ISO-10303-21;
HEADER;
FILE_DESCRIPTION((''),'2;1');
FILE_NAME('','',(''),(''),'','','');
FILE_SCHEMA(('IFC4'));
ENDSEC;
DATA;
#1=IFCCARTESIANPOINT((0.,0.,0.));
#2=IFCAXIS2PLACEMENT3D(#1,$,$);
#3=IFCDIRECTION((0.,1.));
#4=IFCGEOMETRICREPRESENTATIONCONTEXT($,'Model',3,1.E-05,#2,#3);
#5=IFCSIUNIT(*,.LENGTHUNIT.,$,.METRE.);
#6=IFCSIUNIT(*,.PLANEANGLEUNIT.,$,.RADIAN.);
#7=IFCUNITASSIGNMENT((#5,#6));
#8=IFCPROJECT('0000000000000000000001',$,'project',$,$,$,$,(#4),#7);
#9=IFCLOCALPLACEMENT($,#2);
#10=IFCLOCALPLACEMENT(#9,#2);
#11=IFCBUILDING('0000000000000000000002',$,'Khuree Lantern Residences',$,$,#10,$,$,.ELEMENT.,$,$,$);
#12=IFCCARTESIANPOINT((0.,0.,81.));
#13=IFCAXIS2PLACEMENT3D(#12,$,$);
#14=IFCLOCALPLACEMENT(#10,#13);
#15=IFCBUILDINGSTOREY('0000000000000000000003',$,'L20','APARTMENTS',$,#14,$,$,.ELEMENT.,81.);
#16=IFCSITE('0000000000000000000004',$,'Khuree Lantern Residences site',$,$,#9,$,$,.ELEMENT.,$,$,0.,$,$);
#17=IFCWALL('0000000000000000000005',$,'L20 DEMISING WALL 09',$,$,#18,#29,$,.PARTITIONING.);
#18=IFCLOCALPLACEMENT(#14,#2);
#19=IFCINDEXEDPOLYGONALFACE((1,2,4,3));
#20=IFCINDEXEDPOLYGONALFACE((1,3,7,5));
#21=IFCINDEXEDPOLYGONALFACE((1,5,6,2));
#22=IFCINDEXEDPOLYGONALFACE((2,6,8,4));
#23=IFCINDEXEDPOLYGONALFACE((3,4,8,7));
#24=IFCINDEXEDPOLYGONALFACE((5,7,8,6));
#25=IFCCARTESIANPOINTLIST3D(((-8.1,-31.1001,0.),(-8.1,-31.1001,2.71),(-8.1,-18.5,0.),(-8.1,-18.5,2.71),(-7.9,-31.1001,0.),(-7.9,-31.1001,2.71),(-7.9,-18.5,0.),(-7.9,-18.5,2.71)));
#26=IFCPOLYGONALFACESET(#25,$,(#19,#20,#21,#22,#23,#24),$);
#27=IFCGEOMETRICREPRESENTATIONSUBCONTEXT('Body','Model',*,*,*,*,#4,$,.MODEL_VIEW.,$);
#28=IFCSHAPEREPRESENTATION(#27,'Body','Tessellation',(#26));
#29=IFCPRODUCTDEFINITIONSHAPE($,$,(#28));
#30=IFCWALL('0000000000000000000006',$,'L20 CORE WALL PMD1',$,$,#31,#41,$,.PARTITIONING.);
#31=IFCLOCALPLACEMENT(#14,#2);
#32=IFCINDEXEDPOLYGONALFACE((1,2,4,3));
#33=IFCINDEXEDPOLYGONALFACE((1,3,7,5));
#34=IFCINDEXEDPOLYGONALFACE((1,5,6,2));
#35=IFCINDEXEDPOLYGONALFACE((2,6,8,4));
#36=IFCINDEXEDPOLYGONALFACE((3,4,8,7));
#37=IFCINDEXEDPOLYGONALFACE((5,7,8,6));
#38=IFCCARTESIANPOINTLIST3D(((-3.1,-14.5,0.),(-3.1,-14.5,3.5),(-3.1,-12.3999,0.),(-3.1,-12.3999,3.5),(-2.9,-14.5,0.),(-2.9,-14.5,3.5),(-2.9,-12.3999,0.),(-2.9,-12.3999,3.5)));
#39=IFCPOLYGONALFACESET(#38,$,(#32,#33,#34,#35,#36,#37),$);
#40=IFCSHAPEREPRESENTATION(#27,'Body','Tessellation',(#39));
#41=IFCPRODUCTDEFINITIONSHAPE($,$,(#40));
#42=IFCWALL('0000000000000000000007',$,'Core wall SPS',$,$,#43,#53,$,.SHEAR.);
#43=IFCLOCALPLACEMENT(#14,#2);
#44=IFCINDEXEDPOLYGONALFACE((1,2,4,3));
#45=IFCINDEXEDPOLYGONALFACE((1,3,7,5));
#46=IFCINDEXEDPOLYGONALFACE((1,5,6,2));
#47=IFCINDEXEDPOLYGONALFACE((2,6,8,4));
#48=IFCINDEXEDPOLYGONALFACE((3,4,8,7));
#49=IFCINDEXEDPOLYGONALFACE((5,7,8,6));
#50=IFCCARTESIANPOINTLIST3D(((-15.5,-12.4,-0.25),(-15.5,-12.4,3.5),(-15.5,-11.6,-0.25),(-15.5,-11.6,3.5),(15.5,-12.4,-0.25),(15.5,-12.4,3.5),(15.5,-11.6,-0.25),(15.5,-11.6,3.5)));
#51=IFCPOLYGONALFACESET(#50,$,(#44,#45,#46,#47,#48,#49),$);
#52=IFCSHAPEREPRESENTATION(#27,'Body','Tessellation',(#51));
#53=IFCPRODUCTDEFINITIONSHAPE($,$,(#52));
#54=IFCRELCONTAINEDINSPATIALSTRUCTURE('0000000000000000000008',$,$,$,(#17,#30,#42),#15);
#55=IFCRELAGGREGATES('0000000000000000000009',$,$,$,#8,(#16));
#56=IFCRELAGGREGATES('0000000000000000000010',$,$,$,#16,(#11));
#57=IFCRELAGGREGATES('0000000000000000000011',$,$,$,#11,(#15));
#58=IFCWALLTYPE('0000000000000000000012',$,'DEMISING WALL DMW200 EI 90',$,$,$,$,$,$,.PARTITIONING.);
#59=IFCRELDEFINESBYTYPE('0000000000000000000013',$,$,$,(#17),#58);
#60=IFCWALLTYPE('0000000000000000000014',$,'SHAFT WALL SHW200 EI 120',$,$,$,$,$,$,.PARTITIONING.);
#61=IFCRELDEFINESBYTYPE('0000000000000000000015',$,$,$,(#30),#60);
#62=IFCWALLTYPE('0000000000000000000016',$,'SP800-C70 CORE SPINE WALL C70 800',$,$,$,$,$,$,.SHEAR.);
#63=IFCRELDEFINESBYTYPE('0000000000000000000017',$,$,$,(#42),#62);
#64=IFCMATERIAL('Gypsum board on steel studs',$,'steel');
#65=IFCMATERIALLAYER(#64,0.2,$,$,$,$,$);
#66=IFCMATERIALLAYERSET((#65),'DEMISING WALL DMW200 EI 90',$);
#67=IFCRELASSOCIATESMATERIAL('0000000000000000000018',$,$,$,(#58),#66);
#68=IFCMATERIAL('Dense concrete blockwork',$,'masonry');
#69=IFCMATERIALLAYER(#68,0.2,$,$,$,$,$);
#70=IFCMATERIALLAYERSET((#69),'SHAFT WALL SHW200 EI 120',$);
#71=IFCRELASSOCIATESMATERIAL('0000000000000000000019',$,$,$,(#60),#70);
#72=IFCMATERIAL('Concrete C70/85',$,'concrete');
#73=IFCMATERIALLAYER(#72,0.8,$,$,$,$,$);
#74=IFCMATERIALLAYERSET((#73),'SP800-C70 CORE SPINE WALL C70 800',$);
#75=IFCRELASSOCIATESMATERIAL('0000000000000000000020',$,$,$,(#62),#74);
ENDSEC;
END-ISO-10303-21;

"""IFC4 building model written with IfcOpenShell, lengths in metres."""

from ifc_helpers import new_model, si_unit, direction, frame, frame_2d, origin, place, context, subcontext, project, spatial, rectangle, extrude, material, layer, layer_set, type_object, element, save


model = new_model("IFC4")

# Units and contexts
model_context = context("Model", 3, precision=1e-05, world=origin(), true_north=direction((0.0, 1.0)))
body_context = subcontext(model_context, "Body", "Model", "MODEL_VIEW")
ifc_project = project(units=[si_unit("LENGTHUNIT", "METRE"), si_unit("PLANEANGLEUNIT", "RADIAN")], contexts=[model_context])

# Site, building, storey
site_placement = place(None, origin())
site = spatial("IfcSite", under=ifc_project, at=site_placement, Name="Khuree Lantern Residences site", CompositionType="ELEMENT", RefElevation=0.0)
building_placement = place(site_placement, origin())
building = spatial("IfcBuilding", under=site, at=building_placement, Name="Khuree Lantern Residences", CompositionType="ELEMENT")
storey_placement = place(building_placement, frame((0.0, 0.0, 81.0)))
storey = spatial("IfcBuildingStorey", under=building, at=storey_placement, Name="L20", Description="APARTMENTS", CompositionType="ELEMENT", Elevation=81.0)

# Shared definitions
ifc_material_1 = material(Name="Concrete C70/85", Category="concrete")

# Shared definitions
ifc_material_2 = material(Name="Dense concrete blockwork", Category="masonry")

# Walls
ifc_material_3 = material(Name="Gypsum board on steel studs", Category="steel")
ifc_layer_1 = layer(ifc_material_3, 0.2)
ifc_layer_set_1 = layer_set([ifc_layer_1], Name="DEMISING WALL DMW200 EI 90")
wall_type_1 = type_object("IfcWallType", Name="DEMISING WALL DMW200 EI 90", PredefinedType="PARTITIONING", material=ifc_layer_set_1)
wall_1_placement = place(storey_placement, frame((-8.0, -18.5, 0.0), z_axis=(0.0, 0.0, 1.0), x_axis=(0.0, -1.0, 0.0)))
element("IfcWall", 1, at=wall_1_placement, inside=storey, type_object=wall_type_1, Name="L20 DEMISING WALL 09", PredefinedType="PARTITIONING", context=body_context, shape_type="SweptSolid", body=[
    extrude(rectangle(XDim=12.6001, YDim=0.2, at=frame_2d((6.3, 0.0))), origin(), (0.0, 0.0, 1.0), 2.71),
])
ifc_layer_2 = layer(ifc_material_2, 0.2)
ifc_layer_set_2 = layer_set([ifc_layer_2], Name="SHAFT WALL SHW200 EI 120")
wall_type_2 = type_object("IfcWallType", Name="SHAFT WALL SHW200 EI 120", PredefinedType="PARTITIONING", material=ifc_layer_set_2)
wall_2_placement = place(storey_placement, frame((-3.0, -14.5, 0.0), z_axis=(0.0, 0.0, 1.0), x_axis=(0.0, 1.0, 0.0)))
element("IfcWall", 2, at=wall_2_placement, inside=storey, type_object=wall_type_2, Name="L20 CORE WALL PMD1", PredefinedType="PARTITIONING", context=body_context, shape_type="SweptSolid", body=[
    extrude(rectangle(XDim=2.1001, YDim=0.2, at=frame_2d((1.05, 0.0))), origin(), (0.0, 0.0, 1.0), 3.5),
])
ifc_layer_3 = layer(ifc_material_1, 0.8)
ifc_layer_set_3 = layer_set([ifc_layer_3], Name="SP800-C70 CORE SPINE WALL C70 800")
wall_type_3 = type_object("IfcWallType", Name="SP800-C70 CORE SPINE WALL C70 800", PredefinedType="SHEAR", material=ifc_layer_set_3)
wall_3_placement = place(storey_placement, frame((-15.5, -12.0, -0.25), z_axis=(0.0, 0.0, 1.0), x_axis=(1.0, 0.0, 0.0)))
element("IfcWall", 3, at=wall_3_placement, inside=storey, type_object=wall_type_3, Name="Core wall SPS", PredefinedType="SHEAR", context=body_context, shape_type="SweptSolid", body=[
    extrude(rectangle(XDim=31.0, YDim=0.8, at=frame_2d((15.5, 0.0))), origin(), (0.0, 0.0, 1.0), 3.75),
])

save(model, "model.ifc")
